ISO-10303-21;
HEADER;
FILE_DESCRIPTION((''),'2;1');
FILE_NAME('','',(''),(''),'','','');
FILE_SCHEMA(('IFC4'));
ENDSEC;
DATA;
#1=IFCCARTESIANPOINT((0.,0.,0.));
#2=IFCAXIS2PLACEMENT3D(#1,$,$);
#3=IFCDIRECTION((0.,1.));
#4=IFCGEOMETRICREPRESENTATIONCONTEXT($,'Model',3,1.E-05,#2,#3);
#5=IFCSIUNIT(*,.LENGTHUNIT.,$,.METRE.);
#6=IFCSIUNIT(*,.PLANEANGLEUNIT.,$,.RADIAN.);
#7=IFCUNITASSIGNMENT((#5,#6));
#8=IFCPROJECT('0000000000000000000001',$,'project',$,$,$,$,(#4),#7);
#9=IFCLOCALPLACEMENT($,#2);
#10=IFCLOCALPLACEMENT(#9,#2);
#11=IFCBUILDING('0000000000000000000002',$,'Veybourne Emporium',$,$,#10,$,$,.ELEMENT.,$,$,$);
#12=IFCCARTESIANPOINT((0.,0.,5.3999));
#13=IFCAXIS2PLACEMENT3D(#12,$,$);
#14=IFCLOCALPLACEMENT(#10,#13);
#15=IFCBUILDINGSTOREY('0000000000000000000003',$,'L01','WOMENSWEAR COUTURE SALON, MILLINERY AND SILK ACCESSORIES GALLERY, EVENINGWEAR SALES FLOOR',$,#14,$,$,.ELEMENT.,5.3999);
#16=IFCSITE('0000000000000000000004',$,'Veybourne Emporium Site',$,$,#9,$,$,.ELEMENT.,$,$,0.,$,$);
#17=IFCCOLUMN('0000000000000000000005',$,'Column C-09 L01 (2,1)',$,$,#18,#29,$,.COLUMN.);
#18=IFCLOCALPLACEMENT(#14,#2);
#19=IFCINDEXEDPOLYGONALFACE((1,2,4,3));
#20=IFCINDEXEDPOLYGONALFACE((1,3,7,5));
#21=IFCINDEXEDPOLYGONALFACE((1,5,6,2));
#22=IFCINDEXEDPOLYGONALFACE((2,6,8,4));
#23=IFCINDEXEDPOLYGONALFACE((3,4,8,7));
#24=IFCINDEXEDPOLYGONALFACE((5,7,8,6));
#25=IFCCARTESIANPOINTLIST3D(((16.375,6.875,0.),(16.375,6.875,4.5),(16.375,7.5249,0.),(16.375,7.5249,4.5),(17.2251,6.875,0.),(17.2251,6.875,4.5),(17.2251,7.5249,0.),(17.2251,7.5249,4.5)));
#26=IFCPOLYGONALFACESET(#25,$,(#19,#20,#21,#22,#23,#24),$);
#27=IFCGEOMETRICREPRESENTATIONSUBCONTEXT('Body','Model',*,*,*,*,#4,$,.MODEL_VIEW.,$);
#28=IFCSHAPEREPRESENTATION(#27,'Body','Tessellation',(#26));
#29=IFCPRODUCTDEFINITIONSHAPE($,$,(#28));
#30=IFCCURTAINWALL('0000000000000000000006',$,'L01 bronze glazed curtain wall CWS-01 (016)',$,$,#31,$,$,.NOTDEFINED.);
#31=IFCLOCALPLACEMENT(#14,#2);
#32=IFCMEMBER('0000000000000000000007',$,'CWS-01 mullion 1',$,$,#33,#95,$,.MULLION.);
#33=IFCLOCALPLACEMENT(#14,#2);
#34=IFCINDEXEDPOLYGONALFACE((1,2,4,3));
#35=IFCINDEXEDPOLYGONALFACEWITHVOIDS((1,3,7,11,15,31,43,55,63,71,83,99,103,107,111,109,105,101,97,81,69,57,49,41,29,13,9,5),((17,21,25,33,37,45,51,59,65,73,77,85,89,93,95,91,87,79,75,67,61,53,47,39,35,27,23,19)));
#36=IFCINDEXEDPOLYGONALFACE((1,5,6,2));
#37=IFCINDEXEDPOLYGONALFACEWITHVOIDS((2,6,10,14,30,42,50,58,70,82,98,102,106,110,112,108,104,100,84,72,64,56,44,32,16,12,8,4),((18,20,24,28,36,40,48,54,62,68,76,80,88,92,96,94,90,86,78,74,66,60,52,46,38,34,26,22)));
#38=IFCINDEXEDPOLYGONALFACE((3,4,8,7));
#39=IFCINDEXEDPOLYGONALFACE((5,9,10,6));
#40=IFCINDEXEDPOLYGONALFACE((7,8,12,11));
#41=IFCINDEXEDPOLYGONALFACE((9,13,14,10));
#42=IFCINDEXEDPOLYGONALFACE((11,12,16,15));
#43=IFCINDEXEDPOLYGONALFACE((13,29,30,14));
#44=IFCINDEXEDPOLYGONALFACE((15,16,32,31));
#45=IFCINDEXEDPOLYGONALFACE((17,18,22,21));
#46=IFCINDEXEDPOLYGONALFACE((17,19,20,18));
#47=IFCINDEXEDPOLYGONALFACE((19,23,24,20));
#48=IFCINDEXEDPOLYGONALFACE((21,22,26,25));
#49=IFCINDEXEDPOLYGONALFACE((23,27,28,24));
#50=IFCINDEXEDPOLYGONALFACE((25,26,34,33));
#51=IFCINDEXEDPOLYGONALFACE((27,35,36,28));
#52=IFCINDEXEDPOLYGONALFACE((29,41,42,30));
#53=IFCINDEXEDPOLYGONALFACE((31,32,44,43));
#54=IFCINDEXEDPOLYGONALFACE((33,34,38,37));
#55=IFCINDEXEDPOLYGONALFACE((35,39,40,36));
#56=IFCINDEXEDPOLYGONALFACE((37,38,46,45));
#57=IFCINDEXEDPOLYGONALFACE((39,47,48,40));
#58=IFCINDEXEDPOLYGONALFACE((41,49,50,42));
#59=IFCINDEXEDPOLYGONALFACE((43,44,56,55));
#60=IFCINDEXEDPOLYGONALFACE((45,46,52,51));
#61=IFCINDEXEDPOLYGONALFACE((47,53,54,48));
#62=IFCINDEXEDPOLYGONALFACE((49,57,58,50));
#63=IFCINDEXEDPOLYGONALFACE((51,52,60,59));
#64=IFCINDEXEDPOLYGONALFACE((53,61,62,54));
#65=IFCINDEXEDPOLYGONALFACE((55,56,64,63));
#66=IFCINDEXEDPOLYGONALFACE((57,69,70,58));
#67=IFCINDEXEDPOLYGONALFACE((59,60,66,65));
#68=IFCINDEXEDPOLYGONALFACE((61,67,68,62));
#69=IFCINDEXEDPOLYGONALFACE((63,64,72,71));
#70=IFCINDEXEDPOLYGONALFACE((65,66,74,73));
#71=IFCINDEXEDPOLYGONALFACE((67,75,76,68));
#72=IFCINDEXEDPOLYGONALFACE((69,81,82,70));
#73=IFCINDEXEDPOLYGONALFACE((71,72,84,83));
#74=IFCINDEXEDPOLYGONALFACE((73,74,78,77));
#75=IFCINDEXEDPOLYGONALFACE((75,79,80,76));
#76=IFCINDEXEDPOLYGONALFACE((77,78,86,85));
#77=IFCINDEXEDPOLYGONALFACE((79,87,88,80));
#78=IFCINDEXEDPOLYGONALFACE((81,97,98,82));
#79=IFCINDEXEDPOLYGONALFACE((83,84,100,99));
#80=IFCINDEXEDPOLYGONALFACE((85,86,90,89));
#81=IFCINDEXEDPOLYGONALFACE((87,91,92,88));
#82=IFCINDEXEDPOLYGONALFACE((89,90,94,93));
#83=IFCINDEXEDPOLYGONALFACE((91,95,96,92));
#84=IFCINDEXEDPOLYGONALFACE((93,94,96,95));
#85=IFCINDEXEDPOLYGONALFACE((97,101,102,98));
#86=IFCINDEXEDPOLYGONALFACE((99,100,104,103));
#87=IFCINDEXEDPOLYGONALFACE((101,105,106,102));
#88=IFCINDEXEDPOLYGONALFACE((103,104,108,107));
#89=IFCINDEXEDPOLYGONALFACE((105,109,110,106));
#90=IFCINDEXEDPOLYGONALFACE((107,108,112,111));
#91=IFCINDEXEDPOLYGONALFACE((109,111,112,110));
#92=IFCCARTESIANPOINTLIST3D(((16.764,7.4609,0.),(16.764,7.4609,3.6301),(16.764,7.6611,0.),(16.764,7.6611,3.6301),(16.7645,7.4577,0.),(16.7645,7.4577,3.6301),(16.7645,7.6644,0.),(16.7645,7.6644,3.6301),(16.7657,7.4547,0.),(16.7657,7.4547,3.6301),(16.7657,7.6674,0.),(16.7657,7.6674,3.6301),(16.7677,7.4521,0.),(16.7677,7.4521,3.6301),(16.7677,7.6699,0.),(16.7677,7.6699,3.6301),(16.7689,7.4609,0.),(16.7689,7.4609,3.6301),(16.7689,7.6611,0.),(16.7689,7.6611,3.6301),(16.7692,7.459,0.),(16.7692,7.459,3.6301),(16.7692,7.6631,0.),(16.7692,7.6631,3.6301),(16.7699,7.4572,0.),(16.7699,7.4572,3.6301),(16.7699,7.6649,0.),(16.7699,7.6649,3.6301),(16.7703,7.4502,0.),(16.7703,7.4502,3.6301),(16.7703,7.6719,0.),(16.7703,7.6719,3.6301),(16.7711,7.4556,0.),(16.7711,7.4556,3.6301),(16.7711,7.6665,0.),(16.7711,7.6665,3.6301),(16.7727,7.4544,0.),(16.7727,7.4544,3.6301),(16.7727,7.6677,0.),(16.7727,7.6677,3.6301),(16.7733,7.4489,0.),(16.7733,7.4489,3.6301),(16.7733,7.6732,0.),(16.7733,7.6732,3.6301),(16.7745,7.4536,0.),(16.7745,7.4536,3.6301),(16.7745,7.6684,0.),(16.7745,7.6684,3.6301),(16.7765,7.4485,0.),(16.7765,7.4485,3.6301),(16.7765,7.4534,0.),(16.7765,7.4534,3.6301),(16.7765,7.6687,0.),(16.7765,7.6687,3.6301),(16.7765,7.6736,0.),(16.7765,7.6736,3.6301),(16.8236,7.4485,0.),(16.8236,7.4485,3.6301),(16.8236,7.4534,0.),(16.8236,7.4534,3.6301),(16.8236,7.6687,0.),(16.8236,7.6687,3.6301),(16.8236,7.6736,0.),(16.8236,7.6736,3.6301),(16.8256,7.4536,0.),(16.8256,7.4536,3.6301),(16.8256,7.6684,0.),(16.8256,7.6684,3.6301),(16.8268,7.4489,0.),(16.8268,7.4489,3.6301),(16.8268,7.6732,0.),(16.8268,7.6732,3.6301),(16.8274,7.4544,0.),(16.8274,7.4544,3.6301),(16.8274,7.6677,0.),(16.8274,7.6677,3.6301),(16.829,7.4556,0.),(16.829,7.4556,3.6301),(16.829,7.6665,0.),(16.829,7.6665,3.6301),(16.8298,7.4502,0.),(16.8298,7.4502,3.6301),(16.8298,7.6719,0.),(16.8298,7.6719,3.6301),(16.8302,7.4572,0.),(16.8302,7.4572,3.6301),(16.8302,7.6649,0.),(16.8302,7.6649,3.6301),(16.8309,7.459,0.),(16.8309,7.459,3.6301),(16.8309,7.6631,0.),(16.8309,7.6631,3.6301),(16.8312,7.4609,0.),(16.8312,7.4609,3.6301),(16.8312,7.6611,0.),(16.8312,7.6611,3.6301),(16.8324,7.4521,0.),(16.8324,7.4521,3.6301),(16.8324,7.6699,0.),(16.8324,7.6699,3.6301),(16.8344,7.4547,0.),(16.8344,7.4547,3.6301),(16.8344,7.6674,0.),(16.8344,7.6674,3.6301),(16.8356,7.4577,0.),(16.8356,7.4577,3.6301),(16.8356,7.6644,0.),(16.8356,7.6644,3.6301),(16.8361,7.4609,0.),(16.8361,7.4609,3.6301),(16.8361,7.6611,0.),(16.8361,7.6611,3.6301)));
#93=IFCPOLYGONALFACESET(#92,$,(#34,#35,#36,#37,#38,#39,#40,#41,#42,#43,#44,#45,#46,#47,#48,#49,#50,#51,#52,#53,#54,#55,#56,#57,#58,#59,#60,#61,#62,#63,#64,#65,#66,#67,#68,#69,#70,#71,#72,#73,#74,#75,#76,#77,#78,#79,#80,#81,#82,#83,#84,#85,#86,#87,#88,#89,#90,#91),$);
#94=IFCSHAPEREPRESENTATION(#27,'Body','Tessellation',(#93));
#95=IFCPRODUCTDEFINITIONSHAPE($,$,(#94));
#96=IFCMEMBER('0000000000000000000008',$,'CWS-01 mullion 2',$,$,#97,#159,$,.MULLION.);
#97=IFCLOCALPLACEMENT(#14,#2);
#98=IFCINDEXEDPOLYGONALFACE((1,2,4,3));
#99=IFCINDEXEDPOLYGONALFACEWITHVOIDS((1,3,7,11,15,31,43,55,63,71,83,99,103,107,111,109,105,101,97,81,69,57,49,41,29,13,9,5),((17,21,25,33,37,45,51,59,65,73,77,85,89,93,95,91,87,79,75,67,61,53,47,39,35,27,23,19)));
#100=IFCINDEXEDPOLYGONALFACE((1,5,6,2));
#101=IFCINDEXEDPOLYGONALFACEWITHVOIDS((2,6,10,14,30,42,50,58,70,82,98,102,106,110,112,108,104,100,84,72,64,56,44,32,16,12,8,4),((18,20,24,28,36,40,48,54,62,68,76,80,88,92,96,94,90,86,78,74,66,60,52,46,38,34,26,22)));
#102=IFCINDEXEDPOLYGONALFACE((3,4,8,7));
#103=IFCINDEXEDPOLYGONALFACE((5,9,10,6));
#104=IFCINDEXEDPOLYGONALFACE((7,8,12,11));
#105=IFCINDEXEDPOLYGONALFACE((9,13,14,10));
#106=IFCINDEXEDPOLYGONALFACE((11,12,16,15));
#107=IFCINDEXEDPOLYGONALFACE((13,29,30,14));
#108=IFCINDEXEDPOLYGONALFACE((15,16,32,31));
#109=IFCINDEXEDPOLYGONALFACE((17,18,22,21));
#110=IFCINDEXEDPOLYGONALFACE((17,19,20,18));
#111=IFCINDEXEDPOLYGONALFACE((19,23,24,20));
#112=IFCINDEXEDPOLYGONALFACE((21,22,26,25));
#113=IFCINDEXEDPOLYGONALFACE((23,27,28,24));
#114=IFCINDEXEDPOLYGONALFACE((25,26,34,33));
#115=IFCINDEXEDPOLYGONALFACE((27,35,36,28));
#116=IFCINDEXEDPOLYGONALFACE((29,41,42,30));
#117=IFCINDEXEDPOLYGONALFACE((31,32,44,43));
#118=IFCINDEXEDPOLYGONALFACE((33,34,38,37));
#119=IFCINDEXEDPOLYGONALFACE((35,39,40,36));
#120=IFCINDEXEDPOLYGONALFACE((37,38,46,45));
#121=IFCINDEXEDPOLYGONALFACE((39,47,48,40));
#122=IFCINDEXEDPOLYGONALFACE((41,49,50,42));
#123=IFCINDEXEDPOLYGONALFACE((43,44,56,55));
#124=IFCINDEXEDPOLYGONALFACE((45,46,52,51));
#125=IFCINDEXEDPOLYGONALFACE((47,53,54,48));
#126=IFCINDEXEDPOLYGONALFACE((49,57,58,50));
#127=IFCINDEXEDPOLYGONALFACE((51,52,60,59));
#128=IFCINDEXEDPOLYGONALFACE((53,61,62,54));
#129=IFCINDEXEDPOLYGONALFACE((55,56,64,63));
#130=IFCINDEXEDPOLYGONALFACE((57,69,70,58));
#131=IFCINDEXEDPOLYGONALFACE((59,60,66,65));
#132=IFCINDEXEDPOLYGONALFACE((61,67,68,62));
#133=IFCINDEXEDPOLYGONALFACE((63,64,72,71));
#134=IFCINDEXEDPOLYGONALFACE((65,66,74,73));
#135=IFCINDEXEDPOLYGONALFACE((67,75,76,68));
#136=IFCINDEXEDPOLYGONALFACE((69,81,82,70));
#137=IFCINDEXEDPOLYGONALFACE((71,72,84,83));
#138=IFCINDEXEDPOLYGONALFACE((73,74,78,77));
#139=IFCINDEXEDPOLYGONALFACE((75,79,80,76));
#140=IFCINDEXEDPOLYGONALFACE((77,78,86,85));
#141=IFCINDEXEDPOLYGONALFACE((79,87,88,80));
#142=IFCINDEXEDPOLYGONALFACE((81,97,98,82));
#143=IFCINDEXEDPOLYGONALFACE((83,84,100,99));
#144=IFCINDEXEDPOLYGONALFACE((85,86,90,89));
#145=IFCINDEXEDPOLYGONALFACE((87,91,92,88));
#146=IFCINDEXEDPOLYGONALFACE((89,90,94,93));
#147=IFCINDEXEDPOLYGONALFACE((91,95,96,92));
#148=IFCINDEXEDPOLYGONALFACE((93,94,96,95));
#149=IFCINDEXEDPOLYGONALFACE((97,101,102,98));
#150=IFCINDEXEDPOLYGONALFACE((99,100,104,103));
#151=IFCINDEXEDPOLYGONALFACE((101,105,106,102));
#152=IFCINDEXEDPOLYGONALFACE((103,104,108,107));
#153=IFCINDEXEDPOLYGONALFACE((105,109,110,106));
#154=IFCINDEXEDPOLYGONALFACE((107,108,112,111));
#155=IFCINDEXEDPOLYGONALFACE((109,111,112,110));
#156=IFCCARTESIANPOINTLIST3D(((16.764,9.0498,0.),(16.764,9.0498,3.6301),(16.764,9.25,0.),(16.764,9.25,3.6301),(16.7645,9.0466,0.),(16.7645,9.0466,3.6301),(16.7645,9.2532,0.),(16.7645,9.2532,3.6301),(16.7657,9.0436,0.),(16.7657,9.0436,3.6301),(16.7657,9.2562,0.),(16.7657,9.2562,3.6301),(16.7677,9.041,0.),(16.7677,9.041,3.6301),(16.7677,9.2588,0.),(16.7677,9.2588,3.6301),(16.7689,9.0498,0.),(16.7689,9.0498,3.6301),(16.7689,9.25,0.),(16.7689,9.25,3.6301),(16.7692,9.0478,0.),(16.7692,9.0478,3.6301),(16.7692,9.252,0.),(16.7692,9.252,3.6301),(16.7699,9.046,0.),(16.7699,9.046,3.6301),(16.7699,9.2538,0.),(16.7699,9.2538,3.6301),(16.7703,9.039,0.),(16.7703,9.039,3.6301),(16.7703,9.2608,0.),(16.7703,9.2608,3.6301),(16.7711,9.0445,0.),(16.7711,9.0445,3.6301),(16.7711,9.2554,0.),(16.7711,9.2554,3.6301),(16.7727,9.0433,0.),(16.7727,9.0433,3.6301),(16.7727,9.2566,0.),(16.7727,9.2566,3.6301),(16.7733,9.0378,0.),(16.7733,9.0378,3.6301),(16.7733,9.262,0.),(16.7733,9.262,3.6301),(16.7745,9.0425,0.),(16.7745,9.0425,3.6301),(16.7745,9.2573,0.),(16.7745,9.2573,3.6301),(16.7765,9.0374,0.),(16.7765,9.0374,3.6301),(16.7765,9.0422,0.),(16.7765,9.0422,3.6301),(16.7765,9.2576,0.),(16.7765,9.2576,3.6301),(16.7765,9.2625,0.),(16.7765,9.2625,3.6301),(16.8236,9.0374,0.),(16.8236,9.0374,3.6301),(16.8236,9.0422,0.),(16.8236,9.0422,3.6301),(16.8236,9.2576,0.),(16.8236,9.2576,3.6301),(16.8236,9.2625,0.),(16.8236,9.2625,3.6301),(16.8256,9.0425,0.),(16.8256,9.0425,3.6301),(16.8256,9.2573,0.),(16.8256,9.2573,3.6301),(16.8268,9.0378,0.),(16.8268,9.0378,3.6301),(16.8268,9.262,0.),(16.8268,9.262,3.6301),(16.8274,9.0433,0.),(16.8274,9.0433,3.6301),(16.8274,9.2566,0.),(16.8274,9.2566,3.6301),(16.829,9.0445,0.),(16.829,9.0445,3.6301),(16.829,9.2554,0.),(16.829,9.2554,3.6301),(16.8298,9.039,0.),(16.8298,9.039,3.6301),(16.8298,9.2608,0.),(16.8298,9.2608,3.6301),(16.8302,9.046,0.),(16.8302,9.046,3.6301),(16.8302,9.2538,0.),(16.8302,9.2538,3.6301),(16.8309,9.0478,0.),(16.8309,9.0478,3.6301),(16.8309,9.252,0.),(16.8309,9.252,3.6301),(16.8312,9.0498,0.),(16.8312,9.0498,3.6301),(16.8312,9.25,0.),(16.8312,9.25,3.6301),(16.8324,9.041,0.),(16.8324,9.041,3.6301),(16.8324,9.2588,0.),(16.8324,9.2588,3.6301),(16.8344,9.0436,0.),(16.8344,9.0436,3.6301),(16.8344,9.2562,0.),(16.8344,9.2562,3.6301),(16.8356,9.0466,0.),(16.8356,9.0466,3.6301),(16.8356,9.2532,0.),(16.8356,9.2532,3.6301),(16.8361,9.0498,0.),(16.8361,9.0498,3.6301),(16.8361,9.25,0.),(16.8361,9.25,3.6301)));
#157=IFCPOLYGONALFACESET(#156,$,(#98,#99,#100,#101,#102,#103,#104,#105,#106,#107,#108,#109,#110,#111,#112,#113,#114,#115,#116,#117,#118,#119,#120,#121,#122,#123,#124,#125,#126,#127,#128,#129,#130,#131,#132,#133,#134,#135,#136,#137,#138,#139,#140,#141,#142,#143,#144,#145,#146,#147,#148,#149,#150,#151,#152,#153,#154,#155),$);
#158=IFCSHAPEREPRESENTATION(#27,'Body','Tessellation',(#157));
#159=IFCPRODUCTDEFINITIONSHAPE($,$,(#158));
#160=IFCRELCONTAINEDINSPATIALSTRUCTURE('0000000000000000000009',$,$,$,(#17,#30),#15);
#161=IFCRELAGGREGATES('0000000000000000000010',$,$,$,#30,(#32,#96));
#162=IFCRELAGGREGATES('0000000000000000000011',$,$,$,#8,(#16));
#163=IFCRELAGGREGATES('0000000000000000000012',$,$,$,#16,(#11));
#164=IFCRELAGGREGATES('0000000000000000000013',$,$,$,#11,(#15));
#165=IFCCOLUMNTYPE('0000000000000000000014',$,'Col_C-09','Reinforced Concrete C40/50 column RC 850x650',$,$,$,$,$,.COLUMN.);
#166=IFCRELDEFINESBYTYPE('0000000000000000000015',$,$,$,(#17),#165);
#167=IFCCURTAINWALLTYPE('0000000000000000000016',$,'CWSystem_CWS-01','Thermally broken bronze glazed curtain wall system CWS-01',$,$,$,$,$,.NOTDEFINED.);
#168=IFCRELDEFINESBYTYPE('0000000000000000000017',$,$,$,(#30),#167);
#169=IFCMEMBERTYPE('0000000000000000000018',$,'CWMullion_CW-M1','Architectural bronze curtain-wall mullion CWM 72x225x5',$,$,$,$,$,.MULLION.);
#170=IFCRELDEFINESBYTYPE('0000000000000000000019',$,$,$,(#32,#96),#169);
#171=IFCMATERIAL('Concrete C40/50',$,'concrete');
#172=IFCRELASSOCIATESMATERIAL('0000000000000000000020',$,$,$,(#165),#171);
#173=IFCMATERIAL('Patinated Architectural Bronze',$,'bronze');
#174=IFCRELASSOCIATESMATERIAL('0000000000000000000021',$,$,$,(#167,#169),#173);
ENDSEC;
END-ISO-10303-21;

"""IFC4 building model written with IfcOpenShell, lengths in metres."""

from ifc_helpers import new_model, si_unit, direction, frame, origin, origin_2d, place, context, subcontext, project, spatial, rectangle, hollow_rectangle, extrude, material, material_profile, profile_set, type_object, element, aggregate, save


model = new_model("IFC4")

# Units and contexts
model_context = context("Model", 3, precision=1e-05, world=origin(), true_north=direction((0.0, 1.0)))
body_context = subcontext(model_context, "Body", "Model", "MODEL_VIEW")
ifc_project = project(units=[si_unit("LENGTHUNIT", "METRE"), si_unit("PLANEANGLEUNIT", "RADIAN")], contexts=[model_context])

# Site, building, storey
site_placement = place(None, origin())
site = spatial("IfcSite", under=ifc_project, at=site_placement, Name="Veybourne Emporium Site", CompositionType="ELEMENT", RefElevation=0.0)
building_placement = place(site_placement, origin())
building = spatial("IfcBuilding", under=site, at=building_placement, Name="Veybourne Emporium", CompositionType="ELEMENT")
storey_placement = place(building_placement, frame((0.0, 0.0, 5.3999)))
storey = spatial("IfcBuildingStorey", under=building, at=storey_placement, Name="L01", Description="WOMENSWEAR COUTURE SALON, MILLINERY AND SILK ACCESSORIES GALLERY, EVENINGWEAR SALES FLOOR", CompositionType="ELEMENT", Elevation=5.3999)

# Column
ifc_material_1 = material(Name="Concrete C40/50", Category="concrete")
ifc_material_profile_1 = material_profile(ifc_material_1, rectangle(XDim=0.8501, YDim=0.6499, at=origin_2d()), Name="RC 850x650")
ifc_profile_set_1 = profile_set([ifc_material_profile_1], Name="Concrete C40/50")
column_type = type_object("IfcColumnType", Name="Col_C-09", Description="Reinforced Concrete C40/50 column RC 850x650", PredefinedType="COLUMN", material=ifc_profile_set_1)
column_placement = place(storey_placement, frame((16.8, 7.2, 0.0), z_axis=(0.0, 0.0, 1.0), x_axis=(1.0, 0.0, 0.0)))
element("IfcColumn", 1, at=column_placement, inside=storey, type_object=column_type, Name="Column C-09 L01 (2,1)", PredefinedType="COLUMN", context=body_context, shape_type="SweptSolid", body=[
    extrude(rectangle(XDim=0.8501, YDim=0.6499, at=origin_2d()), origin(), (0.0, 0.0, 1.0), 4.5),
])

# Curtain wall, members
ifc_material_2 = material(Name="Patinated Architectural Bronze", Category="bronze")
curtain_wall_type_1 = type_object("IfcCurtainWallType", Name="CWSystem_CWS-01", Description="Thermally broken bronze glazed curtain wall system CWS-01", PredefinedType="NOTDEFINED", material=ifc_material_2)
curtain_wall_1_placement = place(storey_placement, origin())
curtain_wall_1 = element("IfcCurtainWall", 2, at=curtain_wall_1_placement, inside=storey, type_object=curtain_wall_type_1, Name="L01 bronze glazed curtain wall CWS-01 (016)", PredefinedType="NOTDEFINED")
ifc_material_profile_2 = material_profile(ifc_material_2, hollow_rectangle(XDim=0.072, YDim=0.2251, WallThickness=0.0049, InnerFilletRadius=0.0076, OuterFilletRadius=0.0125, at=origin_2d()), Name="CWM 72x225x5")
ifc_profile_set_2 = profile_set([ifc_material_profile_2], Name="Patinated Architectural Bronze")
member_type_1 = type_object("IfcMemberType", Name="CWMullion_CW-M1", Description="Architectural bronze curtain-wall mullion CWM 72x225x5", PredefinedType="MULLION", material=ifc_profile_set_2)
member_1_placement = place(storey_placement, frame((16.8, 7.561, 0.0), z_axis=(0.0, 0.0, 1.0), x_axis=(-1.0, 0.0, 0.0)))
member_1 = element("IfcMember", 3, at=member_1_placement, type_object=member_type_1, Name="CWS-01 mullion 1", PredefinedType="MULLION", context=body_context, shape_type="SweptSolid", body=[
    extrude(hollow_rectangle(XDim=0.072, YDim=0.2251, WallThickness=0.0049, InnerFilletRadius=0.0076, OuterFilletRadius=0.0125, at=origin_2d()), origin(), (0.0, 0.0, 1.0), 3.6301),
])
member_2_placement = place(storey_placement, frame((16.8, 9.1499, 0.0), z_axis=(0.0, 0.0, 1.0), x_axis=(-1.0, 0.0, 0.0)))
member_2 = element("IfcMember", 4, at=member_2_placement, type_object=member_type_1, Name="CWS-01 mullion 2", PredefinedType="MULLION", context=body_context, shape_type="SweptSolid", body=[
    extrude(hollow_rectangle(XDim=0.072, YDim=0.2251, WallThickness=0.0049, InnerFilletRadius=0.0076, OuterFilletRadius=0.0125, at=origin_2d()), origin(), (0.0, 0.0, 1.0), 3.6301),
])

aggregate(curtain_wall_1, [member_1, member_2])

save(model, "model.ifc")
